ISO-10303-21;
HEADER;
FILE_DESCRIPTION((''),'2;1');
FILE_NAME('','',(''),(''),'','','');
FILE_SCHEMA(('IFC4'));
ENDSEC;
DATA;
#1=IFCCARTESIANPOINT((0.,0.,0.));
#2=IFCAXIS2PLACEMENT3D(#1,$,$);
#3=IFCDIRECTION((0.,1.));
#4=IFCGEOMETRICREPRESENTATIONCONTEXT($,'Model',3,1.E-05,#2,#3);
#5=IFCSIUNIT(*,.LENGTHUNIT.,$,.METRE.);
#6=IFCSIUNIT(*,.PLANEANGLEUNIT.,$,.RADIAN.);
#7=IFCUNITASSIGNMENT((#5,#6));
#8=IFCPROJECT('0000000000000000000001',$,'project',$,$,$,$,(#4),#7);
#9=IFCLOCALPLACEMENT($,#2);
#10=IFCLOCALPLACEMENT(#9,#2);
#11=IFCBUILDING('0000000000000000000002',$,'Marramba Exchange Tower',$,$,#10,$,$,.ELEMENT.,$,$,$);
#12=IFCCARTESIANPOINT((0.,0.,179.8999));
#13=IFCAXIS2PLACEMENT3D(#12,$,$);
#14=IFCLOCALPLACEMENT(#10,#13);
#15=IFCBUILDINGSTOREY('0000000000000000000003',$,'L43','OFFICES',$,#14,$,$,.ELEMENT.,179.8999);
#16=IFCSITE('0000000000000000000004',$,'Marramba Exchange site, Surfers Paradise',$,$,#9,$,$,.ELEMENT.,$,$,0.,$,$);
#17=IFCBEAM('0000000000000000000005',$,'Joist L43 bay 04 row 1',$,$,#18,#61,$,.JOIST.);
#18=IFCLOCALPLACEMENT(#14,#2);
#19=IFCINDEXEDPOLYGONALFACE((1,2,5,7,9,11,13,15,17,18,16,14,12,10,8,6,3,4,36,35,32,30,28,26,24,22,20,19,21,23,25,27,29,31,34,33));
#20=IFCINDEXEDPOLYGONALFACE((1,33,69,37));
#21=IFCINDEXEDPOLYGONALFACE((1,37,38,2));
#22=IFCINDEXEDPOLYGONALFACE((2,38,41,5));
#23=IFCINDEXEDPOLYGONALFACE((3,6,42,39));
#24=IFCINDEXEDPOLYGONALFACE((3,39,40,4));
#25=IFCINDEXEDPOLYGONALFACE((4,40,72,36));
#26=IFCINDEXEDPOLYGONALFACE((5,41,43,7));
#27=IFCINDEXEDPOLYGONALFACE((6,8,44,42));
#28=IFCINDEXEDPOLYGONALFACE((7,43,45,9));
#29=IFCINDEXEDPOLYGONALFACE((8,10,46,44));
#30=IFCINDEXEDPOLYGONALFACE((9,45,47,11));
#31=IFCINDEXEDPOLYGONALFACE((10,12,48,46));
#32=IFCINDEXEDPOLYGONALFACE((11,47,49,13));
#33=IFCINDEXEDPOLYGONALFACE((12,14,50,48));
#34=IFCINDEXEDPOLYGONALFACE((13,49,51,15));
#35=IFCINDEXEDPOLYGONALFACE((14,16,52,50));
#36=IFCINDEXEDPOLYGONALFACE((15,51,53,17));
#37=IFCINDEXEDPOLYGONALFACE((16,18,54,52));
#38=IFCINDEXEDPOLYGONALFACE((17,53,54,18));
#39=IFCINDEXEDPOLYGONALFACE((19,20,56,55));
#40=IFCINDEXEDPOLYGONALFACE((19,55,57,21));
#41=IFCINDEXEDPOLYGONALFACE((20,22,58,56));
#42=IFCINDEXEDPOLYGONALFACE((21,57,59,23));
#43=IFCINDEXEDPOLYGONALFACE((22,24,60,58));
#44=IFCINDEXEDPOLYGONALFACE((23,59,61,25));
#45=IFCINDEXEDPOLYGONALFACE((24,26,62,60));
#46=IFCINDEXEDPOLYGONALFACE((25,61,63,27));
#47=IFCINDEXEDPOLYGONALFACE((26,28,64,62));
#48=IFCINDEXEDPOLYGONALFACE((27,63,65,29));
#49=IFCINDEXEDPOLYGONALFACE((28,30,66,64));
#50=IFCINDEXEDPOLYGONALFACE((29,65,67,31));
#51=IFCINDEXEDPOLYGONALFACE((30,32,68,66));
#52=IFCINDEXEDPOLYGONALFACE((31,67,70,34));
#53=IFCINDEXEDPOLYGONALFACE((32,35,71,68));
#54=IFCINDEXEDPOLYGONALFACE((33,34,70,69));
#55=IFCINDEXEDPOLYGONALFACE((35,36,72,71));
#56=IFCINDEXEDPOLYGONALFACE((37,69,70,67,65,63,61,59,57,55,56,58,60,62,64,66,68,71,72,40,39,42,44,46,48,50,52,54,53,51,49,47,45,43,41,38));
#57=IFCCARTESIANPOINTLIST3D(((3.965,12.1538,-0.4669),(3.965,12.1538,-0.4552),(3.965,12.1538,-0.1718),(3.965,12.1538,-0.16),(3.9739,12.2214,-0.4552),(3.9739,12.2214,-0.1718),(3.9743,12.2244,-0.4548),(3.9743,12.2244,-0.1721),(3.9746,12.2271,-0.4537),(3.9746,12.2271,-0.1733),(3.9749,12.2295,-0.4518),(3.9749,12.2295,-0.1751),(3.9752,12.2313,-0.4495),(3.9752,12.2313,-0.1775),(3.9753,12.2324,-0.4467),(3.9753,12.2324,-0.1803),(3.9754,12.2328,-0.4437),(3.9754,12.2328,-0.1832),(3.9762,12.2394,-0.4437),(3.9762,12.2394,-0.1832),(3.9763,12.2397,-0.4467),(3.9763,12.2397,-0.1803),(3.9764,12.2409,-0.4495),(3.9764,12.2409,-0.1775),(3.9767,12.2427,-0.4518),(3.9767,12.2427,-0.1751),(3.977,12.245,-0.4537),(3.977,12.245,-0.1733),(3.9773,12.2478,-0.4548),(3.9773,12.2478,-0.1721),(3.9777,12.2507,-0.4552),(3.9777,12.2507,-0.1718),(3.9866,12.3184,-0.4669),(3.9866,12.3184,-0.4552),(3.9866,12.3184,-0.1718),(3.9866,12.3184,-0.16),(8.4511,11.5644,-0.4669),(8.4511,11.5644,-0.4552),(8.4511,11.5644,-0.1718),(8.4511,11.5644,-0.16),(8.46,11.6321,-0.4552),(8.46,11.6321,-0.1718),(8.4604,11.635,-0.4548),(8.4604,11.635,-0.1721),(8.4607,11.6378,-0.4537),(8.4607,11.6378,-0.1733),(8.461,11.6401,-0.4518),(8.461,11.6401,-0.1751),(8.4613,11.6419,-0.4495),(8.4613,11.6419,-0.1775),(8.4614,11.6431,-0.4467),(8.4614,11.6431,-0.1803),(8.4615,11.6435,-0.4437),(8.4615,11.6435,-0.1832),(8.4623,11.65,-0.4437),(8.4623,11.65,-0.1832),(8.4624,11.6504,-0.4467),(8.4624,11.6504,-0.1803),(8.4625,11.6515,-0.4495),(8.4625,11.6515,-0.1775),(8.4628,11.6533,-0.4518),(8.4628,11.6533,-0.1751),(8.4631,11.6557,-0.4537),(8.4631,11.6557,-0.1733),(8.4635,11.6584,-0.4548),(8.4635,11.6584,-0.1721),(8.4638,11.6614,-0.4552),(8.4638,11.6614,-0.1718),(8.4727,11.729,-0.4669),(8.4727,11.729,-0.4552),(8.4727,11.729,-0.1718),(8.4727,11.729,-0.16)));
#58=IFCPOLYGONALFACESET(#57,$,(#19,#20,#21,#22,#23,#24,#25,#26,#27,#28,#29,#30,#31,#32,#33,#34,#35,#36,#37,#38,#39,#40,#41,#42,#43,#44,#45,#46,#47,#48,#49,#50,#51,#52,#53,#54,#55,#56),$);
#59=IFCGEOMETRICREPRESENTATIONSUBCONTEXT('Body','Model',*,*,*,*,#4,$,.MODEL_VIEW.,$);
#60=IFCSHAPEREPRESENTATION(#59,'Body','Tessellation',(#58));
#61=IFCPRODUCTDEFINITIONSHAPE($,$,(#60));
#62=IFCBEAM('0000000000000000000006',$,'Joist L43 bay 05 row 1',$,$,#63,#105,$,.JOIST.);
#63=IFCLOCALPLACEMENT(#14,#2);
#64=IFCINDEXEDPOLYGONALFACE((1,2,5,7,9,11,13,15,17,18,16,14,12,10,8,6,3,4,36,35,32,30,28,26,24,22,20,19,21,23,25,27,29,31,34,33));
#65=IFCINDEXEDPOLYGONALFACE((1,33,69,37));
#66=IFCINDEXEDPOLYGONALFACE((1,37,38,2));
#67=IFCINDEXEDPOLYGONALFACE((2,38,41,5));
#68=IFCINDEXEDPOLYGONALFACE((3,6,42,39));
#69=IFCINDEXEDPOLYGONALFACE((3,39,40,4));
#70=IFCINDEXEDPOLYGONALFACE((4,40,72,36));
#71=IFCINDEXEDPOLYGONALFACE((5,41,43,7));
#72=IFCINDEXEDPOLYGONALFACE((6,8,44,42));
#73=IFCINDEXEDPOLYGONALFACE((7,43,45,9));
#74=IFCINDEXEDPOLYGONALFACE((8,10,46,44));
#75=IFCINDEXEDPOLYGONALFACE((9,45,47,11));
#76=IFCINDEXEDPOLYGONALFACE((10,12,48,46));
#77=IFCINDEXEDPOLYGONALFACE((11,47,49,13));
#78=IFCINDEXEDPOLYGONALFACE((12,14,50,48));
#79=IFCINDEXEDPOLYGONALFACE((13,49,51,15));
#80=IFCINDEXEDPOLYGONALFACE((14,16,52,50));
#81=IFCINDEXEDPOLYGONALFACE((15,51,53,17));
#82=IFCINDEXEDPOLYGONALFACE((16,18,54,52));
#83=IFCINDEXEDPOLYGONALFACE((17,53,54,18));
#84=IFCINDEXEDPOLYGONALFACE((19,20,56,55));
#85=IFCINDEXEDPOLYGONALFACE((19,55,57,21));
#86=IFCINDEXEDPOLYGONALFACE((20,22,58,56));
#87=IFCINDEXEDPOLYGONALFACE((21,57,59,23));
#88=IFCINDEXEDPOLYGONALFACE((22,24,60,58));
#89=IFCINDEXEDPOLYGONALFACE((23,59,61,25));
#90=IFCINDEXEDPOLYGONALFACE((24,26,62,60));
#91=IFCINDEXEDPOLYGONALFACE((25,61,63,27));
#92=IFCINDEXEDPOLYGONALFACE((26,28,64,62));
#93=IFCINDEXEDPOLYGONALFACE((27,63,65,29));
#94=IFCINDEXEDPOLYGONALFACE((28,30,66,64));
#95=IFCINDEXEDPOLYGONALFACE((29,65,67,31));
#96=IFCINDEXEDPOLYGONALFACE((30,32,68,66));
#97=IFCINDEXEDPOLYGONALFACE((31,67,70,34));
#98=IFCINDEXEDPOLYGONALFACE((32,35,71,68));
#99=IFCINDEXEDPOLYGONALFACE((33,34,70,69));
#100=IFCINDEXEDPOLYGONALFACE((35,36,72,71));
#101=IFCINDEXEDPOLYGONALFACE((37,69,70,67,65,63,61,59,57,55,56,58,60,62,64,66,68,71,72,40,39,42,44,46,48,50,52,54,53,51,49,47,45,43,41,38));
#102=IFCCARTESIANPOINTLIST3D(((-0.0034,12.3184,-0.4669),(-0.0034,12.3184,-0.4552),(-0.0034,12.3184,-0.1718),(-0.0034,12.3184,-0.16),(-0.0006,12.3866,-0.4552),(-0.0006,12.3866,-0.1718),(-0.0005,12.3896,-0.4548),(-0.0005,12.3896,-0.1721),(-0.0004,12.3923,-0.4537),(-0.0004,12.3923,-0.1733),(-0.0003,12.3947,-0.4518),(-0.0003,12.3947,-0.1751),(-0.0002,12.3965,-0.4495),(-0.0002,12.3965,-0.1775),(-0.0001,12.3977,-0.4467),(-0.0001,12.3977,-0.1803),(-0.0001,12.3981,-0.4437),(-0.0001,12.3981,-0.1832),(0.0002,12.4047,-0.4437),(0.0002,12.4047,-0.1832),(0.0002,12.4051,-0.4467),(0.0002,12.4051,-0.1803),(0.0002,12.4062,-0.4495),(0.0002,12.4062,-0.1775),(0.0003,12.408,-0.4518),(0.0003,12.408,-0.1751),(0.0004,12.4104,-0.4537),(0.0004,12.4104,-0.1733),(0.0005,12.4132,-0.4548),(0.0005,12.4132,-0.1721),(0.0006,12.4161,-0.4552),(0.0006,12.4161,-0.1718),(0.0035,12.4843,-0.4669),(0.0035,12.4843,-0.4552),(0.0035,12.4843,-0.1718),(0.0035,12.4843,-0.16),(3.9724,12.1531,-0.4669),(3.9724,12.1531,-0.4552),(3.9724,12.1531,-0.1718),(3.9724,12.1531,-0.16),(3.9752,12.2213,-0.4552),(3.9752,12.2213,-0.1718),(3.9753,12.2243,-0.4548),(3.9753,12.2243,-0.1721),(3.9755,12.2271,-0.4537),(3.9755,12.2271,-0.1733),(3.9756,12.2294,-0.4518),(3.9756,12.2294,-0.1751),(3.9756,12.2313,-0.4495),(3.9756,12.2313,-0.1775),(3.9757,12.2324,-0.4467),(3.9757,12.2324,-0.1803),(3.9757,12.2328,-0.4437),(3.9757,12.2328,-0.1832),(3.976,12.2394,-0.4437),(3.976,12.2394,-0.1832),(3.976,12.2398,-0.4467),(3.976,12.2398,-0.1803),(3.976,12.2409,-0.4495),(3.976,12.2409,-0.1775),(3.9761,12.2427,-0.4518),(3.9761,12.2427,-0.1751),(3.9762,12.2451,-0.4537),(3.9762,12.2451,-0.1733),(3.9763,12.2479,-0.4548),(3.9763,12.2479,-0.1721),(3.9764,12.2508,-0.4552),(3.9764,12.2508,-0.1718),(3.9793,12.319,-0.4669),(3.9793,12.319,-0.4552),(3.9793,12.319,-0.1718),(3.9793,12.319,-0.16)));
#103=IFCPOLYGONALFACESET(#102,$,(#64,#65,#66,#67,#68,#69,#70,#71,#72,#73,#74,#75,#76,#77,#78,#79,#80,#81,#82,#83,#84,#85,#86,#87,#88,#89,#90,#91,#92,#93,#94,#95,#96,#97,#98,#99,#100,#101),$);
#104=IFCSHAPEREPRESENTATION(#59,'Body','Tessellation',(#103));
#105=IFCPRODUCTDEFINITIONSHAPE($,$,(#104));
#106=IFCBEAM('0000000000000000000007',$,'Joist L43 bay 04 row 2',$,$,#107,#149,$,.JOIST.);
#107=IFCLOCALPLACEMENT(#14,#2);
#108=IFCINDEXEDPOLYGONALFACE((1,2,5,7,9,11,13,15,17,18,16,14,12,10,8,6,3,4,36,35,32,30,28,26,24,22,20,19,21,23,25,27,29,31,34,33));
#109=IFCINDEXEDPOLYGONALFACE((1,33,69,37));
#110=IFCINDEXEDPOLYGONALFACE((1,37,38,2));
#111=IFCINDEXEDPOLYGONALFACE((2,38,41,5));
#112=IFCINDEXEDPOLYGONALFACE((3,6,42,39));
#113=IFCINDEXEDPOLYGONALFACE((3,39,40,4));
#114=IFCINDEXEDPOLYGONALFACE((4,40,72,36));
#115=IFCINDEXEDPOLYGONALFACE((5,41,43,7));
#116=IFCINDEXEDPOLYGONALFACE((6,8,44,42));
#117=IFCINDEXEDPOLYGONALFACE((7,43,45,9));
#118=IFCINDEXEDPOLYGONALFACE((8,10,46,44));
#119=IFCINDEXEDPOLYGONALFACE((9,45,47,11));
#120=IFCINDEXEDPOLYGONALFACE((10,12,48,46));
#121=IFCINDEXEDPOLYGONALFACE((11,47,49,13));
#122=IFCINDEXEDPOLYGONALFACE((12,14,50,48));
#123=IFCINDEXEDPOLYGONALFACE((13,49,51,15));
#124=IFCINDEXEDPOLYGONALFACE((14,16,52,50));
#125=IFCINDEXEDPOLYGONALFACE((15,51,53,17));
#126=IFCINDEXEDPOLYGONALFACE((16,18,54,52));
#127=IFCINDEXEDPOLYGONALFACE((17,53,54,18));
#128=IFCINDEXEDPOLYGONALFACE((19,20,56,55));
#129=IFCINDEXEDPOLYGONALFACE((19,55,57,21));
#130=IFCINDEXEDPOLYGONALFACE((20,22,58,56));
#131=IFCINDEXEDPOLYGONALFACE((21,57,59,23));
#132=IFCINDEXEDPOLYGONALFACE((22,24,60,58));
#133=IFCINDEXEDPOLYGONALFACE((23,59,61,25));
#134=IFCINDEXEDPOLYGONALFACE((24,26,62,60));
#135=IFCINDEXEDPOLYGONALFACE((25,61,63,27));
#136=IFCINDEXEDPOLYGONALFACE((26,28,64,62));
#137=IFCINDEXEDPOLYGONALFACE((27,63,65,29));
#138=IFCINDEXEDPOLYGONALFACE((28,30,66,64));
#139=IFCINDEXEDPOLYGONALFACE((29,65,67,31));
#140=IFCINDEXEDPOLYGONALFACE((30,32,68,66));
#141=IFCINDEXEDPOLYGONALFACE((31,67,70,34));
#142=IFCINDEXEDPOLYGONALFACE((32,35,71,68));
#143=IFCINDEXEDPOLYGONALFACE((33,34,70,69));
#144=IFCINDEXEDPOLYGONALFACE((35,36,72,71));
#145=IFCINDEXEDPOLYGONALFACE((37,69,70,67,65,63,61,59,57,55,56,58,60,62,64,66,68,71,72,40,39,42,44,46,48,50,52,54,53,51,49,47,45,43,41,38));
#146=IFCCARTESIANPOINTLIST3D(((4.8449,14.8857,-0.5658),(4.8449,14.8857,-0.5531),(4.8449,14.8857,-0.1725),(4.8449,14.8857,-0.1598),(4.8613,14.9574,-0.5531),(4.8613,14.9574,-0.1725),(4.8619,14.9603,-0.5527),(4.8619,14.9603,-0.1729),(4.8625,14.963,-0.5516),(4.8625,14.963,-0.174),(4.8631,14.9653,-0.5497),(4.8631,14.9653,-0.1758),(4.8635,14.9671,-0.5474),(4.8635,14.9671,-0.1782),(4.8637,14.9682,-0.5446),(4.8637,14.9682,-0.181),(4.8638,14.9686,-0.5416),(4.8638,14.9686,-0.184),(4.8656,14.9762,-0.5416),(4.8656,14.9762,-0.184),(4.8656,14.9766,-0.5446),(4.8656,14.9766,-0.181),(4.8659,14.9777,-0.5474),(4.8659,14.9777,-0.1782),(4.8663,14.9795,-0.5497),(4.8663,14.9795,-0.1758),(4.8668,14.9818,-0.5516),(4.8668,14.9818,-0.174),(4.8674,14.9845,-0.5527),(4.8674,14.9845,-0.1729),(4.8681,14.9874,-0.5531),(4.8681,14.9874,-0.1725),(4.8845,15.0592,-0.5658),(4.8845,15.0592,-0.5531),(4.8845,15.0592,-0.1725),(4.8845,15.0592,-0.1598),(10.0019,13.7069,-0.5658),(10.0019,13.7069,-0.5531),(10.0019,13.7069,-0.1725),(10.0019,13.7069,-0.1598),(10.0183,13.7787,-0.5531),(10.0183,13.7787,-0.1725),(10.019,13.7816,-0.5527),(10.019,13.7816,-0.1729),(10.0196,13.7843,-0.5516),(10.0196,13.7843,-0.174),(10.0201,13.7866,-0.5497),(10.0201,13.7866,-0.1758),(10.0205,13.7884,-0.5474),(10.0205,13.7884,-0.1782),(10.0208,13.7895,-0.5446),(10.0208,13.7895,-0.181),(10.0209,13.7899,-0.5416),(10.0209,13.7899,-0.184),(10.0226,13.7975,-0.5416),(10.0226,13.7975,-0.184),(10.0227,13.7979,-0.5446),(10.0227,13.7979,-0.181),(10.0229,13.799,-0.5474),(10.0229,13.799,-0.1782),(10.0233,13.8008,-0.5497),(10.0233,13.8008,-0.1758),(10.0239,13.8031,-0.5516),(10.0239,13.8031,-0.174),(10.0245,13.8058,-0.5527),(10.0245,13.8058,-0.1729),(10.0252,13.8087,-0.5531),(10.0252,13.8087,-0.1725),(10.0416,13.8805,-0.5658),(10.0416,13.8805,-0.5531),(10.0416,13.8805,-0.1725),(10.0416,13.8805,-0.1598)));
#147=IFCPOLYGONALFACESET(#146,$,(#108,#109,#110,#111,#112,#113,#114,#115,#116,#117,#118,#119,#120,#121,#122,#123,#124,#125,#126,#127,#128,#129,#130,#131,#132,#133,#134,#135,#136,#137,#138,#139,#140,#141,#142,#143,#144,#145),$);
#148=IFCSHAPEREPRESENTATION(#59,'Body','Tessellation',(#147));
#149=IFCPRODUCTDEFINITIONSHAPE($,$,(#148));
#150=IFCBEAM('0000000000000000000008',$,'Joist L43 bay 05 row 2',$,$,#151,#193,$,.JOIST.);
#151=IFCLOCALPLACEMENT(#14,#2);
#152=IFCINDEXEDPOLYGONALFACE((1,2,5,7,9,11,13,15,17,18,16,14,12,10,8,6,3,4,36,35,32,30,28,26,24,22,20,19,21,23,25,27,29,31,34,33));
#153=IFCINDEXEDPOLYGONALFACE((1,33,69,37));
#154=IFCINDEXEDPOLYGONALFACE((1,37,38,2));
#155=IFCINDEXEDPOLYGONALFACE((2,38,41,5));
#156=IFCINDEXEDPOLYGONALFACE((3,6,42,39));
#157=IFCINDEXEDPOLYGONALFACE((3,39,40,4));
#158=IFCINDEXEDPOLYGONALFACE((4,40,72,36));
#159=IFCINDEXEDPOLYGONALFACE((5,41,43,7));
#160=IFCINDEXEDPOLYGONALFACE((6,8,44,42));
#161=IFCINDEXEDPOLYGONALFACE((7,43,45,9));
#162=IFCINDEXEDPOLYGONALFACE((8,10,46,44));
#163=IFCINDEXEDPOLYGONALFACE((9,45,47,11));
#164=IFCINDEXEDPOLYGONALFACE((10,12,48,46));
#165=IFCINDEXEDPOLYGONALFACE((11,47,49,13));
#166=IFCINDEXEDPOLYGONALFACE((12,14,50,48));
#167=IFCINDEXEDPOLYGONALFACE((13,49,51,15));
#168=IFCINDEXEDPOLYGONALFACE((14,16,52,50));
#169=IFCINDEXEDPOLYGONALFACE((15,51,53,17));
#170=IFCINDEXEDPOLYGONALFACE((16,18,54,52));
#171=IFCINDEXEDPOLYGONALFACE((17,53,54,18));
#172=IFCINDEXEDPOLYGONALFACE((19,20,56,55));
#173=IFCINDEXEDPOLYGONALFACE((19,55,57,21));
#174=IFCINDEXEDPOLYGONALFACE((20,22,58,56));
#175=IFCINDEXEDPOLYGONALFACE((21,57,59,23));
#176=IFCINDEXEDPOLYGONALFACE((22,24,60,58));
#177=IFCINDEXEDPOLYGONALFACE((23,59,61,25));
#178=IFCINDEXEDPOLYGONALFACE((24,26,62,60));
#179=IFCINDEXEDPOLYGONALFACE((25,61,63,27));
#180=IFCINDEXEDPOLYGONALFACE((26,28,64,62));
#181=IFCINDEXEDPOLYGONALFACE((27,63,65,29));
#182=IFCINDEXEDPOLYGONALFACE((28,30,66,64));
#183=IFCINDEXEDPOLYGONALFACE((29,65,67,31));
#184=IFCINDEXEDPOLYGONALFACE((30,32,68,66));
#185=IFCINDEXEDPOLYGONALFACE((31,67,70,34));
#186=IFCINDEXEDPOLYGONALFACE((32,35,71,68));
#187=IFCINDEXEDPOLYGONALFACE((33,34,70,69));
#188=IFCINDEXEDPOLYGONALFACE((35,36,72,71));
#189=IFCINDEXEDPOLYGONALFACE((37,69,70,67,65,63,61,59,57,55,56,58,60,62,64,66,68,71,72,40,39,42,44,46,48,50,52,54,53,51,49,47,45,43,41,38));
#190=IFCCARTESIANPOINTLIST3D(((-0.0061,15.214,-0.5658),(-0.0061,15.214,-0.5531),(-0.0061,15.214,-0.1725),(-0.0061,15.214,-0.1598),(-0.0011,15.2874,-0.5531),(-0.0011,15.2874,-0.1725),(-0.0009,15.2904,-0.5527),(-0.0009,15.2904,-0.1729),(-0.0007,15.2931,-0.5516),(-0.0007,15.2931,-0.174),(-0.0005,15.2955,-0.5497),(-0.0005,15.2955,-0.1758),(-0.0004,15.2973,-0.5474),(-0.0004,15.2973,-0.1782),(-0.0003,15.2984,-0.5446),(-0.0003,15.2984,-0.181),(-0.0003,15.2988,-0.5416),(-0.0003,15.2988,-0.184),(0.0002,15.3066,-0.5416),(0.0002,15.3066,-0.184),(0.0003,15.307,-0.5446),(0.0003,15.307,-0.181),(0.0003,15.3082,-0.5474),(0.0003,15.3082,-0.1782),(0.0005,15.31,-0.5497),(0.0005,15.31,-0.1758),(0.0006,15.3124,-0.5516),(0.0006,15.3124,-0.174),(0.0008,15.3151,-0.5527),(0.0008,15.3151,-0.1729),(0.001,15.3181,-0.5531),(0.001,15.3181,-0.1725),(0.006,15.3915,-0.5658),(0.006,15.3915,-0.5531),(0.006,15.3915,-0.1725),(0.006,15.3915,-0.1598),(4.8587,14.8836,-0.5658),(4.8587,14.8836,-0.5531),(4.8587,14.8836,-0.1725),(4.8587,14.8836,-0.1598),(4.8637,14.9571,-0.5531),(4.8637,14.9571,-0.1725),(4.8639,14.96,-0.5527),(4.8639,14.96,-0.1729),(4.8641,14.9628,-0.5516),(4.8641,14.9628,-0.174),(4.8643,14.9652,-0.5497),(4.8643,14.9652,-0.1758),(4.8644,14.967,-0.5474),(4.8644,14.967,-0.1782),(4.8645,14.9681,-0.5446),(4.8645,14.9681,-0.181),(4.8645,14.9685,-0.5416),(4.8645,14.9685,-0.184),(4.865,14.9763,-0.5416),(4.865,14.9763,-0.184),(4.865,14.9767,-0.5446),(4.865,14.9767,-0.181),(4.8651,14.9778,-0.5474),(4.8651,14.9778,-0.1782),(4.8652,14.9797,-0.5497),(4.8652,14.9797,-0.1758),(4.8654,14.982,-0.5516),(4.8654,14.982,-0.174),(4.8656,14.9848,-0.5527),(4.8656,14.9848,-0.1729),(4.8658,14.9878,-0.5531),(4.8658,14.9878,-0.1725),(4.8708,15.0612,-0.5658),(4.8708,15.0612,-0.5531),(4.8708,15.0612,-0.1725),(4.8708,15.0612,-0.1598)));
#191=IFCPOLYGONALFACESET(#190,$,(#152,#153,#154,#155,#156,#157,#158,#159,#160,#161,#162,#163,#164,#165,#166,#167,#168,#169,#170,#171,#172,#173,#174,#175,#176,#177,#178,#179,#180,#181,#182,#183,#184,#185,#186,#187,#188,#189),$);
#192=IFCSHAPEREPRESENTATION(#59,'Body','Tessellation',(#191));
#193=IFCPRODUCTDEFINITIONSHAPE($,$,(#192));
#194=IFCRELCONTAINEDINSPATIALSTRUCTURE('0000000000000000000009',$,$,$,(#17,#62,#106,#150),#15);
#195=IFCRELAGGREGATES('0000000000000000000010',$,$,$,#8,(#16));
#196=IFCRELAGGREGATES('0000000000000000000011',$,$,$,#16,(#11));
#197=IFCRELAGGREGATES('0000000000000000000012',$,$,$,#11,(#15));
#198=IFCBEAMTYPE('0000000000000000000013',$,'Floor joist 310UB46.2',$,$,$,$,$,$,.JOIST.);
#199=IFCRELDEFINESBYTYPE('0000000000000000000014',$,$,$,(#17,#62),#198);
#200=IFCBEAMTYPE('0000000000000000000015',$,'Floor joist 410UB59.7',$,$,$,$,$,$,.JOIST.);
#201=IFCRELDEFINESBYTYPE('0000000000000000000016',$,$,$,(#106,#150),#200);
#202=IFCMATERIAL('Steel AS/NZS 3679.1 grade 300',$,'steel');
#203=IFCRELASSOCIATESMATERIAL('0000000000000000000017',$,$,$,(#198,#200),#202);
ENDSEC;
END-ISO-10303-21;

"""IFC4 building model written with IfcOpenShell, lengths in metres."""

from ifc_helpers import new_model, si_unit, direction, frame, origin, origin_2d, place, context, subcontext, project, spatial, i_section, extrude, material, material_profile, profile_set, type_object, element, save


model = new_model("IFC4")

# Units and contexts
model_context = context("Model", 3, precision=1e-05, world=origin(), true_north=direction((0.0, 1.0)))
body_context = subcontext(model_context, "Body", "Model", "MODEL_VIEW")
ifc_project = project(units=[si_unit("LENGTHUNIT", "METRE"), si_unit("PLANEANGLEUNIT", "RADIAN")], contexts=[model_context])

# Site, building, storey
site_placement = place(None, origin())
site = spatial("IfcSite", under=ifc_project, at=site_placement, Name="Marramba Exchange site, Surfers Paradise", CompositionType="ELEMENT", RefElevation=0.0)
building_placement = place(site_placement, origin())
building = spatial("IfcBuilding", under=site, at=building_placement, Name="Marramba Exchange Tower", CompositionType="ELEMENT")
storey_placement = place(building_placement, frame((0.0, 0.0, 179.8999)))
storey = spatial("IfcBuildingStorey", under=building, at=storey_placement, Name="L43", Description="OFFICES", CompositionType="ELEMENT", Elevation=179.8999)

# Beams
ifc_material_1 = material(Name="Steel AS/NZS 3679.1 grade 300", Category="steel")
ifc_material_profile_1 = material_profile(ifc_material_1, i_section(OverallWidth=0.166, OverallDepth=0.3069, WebThickness=0.0066, FlangeThickness=0.0117, FilletRadius=0.0115, at=origin_2d()), Name="310UB46.2")
ifc_profile_set_1 = profile_set([ifc_material_profile_1], Name="Steel AS/NZS 3679.1 grade 300")
beam_type_1 = type_object("IfcBeamType", Name="Floor joist 310UB46.2", PredefinedType="JOIST", material=ifc_profile_set_1)
beam_1_placement = place(storey_placement, frame((8.4619, 11.6467, -0.3135), z_axis=(-0.991481, 0.130255, 0.0), x_axis=(-0.130255, -0.991481, 0.0)))
element("IfcBeam", 1, at=beam_1_placement, inside=storey, type_object=beam_type_1, Name="Joist L43 bay 04 row 1", PredefinedType="JOIST", context=body_context, shape_type="SweptSolid", body=[
    extrude(i_section(OverallWidth=0.166, OverallDepth=0.3069, WebThickness=0.0066, FlangeThickness=0.0117, FilletRadius=0.0115, at=origin_2d()), origin(), (0.0, 0.0, 1.0), 4.5247),
])
beam_2_placement = place(storey_placement, frame((3.9758, 12.2361, -0.3135), z_axis=(-0.999137, 0.041536, 0.0), x_axis=(-0.041536, -0.999137, 0.0)))
element("IfcBeam", 2, at=beam_2_placement, inside=storey, type_object=beam_type_1, Name="Joist L43 bay 05 row 1", PredefinedType="JOIST", context=body_context, shape_type="SweptSolid", body=[
    extrude(i_section(OverallWidth=0.166, OverallDepth=0.3069, WebThickness=0.0066, FlangeThickness=0.0117, FilletRadius=0.0115, at=origin_2d()), origin(), (0.0, 0.0, 1.0), 3.9792),
])
ifc_material_profile_2 = material_profile(ifc_material_1, i_section(OverallWidth=0.178, OverallDepth=0.406, WebThickness=0.0078, FlangeThickness=0.0127, FilletRadius=0.0115, at=origin_2d()), Name="410UB59.7")
ifc_profile_set_2 = profile_set([ifc_material_profile_2], Name="Steel AS/NZS 3679.1 grade 300")
beam_type_2 = type_object("IfcBeamType", Name="Floor joist 410UB59.7", PredefinedType="JOIST", material=ifc_profile_set_2)
beam_3_placement = place(storey_placement, frame((10.0217, 13.7937, -0.3628), z_axis=(-0.97486, 0.22282, 0.0), x_axis=(-0.22282, -0.97486, 0.0)))
element("IfcBeam", 3, at=beam_3_placement, inside=storey, type_object=beam_type_2, Name="Joist L43 bay 04 row 2", PredefinedType="JOIST", context=body_context, shape_type="SweptSolid", body=[
    extrude(i_section(OverallWidth=0.178, OverallDepth=0.406, WebThickness=0.0078, FlangeThickness=0.0127, FilletRadius=0.0115, at=origin_2d()), origin(), (0.0, 0.0, 1.0), 5.29),
])
beam_4_placement = place(storey_placement, frame((4.8647, 14.9724, -0.3628), z_axis=(-0.997703, 0.067745, 0.0), x_axis=(-0.067745, -0.997703, 0.0)))
element("IfcBeam", 4, at=beam_4_placement, inside=storey, type_object=beam_type_2, Name="Joist L43 bay 05 row 2", PredefinedType="JOIST", context=body_context, shape_type="SweptSolid", body=[
    extrude(i_section(OverallWidth=0.178, OverallDepth=0.406, WebThickness=0.0078, FlangeThickness=0.0127, FilletRadius=0.0115, at=origin_2d()), origin(), (0.0, 0.0, 1.0), 4.876),
])

save(model, "model.ifc")
